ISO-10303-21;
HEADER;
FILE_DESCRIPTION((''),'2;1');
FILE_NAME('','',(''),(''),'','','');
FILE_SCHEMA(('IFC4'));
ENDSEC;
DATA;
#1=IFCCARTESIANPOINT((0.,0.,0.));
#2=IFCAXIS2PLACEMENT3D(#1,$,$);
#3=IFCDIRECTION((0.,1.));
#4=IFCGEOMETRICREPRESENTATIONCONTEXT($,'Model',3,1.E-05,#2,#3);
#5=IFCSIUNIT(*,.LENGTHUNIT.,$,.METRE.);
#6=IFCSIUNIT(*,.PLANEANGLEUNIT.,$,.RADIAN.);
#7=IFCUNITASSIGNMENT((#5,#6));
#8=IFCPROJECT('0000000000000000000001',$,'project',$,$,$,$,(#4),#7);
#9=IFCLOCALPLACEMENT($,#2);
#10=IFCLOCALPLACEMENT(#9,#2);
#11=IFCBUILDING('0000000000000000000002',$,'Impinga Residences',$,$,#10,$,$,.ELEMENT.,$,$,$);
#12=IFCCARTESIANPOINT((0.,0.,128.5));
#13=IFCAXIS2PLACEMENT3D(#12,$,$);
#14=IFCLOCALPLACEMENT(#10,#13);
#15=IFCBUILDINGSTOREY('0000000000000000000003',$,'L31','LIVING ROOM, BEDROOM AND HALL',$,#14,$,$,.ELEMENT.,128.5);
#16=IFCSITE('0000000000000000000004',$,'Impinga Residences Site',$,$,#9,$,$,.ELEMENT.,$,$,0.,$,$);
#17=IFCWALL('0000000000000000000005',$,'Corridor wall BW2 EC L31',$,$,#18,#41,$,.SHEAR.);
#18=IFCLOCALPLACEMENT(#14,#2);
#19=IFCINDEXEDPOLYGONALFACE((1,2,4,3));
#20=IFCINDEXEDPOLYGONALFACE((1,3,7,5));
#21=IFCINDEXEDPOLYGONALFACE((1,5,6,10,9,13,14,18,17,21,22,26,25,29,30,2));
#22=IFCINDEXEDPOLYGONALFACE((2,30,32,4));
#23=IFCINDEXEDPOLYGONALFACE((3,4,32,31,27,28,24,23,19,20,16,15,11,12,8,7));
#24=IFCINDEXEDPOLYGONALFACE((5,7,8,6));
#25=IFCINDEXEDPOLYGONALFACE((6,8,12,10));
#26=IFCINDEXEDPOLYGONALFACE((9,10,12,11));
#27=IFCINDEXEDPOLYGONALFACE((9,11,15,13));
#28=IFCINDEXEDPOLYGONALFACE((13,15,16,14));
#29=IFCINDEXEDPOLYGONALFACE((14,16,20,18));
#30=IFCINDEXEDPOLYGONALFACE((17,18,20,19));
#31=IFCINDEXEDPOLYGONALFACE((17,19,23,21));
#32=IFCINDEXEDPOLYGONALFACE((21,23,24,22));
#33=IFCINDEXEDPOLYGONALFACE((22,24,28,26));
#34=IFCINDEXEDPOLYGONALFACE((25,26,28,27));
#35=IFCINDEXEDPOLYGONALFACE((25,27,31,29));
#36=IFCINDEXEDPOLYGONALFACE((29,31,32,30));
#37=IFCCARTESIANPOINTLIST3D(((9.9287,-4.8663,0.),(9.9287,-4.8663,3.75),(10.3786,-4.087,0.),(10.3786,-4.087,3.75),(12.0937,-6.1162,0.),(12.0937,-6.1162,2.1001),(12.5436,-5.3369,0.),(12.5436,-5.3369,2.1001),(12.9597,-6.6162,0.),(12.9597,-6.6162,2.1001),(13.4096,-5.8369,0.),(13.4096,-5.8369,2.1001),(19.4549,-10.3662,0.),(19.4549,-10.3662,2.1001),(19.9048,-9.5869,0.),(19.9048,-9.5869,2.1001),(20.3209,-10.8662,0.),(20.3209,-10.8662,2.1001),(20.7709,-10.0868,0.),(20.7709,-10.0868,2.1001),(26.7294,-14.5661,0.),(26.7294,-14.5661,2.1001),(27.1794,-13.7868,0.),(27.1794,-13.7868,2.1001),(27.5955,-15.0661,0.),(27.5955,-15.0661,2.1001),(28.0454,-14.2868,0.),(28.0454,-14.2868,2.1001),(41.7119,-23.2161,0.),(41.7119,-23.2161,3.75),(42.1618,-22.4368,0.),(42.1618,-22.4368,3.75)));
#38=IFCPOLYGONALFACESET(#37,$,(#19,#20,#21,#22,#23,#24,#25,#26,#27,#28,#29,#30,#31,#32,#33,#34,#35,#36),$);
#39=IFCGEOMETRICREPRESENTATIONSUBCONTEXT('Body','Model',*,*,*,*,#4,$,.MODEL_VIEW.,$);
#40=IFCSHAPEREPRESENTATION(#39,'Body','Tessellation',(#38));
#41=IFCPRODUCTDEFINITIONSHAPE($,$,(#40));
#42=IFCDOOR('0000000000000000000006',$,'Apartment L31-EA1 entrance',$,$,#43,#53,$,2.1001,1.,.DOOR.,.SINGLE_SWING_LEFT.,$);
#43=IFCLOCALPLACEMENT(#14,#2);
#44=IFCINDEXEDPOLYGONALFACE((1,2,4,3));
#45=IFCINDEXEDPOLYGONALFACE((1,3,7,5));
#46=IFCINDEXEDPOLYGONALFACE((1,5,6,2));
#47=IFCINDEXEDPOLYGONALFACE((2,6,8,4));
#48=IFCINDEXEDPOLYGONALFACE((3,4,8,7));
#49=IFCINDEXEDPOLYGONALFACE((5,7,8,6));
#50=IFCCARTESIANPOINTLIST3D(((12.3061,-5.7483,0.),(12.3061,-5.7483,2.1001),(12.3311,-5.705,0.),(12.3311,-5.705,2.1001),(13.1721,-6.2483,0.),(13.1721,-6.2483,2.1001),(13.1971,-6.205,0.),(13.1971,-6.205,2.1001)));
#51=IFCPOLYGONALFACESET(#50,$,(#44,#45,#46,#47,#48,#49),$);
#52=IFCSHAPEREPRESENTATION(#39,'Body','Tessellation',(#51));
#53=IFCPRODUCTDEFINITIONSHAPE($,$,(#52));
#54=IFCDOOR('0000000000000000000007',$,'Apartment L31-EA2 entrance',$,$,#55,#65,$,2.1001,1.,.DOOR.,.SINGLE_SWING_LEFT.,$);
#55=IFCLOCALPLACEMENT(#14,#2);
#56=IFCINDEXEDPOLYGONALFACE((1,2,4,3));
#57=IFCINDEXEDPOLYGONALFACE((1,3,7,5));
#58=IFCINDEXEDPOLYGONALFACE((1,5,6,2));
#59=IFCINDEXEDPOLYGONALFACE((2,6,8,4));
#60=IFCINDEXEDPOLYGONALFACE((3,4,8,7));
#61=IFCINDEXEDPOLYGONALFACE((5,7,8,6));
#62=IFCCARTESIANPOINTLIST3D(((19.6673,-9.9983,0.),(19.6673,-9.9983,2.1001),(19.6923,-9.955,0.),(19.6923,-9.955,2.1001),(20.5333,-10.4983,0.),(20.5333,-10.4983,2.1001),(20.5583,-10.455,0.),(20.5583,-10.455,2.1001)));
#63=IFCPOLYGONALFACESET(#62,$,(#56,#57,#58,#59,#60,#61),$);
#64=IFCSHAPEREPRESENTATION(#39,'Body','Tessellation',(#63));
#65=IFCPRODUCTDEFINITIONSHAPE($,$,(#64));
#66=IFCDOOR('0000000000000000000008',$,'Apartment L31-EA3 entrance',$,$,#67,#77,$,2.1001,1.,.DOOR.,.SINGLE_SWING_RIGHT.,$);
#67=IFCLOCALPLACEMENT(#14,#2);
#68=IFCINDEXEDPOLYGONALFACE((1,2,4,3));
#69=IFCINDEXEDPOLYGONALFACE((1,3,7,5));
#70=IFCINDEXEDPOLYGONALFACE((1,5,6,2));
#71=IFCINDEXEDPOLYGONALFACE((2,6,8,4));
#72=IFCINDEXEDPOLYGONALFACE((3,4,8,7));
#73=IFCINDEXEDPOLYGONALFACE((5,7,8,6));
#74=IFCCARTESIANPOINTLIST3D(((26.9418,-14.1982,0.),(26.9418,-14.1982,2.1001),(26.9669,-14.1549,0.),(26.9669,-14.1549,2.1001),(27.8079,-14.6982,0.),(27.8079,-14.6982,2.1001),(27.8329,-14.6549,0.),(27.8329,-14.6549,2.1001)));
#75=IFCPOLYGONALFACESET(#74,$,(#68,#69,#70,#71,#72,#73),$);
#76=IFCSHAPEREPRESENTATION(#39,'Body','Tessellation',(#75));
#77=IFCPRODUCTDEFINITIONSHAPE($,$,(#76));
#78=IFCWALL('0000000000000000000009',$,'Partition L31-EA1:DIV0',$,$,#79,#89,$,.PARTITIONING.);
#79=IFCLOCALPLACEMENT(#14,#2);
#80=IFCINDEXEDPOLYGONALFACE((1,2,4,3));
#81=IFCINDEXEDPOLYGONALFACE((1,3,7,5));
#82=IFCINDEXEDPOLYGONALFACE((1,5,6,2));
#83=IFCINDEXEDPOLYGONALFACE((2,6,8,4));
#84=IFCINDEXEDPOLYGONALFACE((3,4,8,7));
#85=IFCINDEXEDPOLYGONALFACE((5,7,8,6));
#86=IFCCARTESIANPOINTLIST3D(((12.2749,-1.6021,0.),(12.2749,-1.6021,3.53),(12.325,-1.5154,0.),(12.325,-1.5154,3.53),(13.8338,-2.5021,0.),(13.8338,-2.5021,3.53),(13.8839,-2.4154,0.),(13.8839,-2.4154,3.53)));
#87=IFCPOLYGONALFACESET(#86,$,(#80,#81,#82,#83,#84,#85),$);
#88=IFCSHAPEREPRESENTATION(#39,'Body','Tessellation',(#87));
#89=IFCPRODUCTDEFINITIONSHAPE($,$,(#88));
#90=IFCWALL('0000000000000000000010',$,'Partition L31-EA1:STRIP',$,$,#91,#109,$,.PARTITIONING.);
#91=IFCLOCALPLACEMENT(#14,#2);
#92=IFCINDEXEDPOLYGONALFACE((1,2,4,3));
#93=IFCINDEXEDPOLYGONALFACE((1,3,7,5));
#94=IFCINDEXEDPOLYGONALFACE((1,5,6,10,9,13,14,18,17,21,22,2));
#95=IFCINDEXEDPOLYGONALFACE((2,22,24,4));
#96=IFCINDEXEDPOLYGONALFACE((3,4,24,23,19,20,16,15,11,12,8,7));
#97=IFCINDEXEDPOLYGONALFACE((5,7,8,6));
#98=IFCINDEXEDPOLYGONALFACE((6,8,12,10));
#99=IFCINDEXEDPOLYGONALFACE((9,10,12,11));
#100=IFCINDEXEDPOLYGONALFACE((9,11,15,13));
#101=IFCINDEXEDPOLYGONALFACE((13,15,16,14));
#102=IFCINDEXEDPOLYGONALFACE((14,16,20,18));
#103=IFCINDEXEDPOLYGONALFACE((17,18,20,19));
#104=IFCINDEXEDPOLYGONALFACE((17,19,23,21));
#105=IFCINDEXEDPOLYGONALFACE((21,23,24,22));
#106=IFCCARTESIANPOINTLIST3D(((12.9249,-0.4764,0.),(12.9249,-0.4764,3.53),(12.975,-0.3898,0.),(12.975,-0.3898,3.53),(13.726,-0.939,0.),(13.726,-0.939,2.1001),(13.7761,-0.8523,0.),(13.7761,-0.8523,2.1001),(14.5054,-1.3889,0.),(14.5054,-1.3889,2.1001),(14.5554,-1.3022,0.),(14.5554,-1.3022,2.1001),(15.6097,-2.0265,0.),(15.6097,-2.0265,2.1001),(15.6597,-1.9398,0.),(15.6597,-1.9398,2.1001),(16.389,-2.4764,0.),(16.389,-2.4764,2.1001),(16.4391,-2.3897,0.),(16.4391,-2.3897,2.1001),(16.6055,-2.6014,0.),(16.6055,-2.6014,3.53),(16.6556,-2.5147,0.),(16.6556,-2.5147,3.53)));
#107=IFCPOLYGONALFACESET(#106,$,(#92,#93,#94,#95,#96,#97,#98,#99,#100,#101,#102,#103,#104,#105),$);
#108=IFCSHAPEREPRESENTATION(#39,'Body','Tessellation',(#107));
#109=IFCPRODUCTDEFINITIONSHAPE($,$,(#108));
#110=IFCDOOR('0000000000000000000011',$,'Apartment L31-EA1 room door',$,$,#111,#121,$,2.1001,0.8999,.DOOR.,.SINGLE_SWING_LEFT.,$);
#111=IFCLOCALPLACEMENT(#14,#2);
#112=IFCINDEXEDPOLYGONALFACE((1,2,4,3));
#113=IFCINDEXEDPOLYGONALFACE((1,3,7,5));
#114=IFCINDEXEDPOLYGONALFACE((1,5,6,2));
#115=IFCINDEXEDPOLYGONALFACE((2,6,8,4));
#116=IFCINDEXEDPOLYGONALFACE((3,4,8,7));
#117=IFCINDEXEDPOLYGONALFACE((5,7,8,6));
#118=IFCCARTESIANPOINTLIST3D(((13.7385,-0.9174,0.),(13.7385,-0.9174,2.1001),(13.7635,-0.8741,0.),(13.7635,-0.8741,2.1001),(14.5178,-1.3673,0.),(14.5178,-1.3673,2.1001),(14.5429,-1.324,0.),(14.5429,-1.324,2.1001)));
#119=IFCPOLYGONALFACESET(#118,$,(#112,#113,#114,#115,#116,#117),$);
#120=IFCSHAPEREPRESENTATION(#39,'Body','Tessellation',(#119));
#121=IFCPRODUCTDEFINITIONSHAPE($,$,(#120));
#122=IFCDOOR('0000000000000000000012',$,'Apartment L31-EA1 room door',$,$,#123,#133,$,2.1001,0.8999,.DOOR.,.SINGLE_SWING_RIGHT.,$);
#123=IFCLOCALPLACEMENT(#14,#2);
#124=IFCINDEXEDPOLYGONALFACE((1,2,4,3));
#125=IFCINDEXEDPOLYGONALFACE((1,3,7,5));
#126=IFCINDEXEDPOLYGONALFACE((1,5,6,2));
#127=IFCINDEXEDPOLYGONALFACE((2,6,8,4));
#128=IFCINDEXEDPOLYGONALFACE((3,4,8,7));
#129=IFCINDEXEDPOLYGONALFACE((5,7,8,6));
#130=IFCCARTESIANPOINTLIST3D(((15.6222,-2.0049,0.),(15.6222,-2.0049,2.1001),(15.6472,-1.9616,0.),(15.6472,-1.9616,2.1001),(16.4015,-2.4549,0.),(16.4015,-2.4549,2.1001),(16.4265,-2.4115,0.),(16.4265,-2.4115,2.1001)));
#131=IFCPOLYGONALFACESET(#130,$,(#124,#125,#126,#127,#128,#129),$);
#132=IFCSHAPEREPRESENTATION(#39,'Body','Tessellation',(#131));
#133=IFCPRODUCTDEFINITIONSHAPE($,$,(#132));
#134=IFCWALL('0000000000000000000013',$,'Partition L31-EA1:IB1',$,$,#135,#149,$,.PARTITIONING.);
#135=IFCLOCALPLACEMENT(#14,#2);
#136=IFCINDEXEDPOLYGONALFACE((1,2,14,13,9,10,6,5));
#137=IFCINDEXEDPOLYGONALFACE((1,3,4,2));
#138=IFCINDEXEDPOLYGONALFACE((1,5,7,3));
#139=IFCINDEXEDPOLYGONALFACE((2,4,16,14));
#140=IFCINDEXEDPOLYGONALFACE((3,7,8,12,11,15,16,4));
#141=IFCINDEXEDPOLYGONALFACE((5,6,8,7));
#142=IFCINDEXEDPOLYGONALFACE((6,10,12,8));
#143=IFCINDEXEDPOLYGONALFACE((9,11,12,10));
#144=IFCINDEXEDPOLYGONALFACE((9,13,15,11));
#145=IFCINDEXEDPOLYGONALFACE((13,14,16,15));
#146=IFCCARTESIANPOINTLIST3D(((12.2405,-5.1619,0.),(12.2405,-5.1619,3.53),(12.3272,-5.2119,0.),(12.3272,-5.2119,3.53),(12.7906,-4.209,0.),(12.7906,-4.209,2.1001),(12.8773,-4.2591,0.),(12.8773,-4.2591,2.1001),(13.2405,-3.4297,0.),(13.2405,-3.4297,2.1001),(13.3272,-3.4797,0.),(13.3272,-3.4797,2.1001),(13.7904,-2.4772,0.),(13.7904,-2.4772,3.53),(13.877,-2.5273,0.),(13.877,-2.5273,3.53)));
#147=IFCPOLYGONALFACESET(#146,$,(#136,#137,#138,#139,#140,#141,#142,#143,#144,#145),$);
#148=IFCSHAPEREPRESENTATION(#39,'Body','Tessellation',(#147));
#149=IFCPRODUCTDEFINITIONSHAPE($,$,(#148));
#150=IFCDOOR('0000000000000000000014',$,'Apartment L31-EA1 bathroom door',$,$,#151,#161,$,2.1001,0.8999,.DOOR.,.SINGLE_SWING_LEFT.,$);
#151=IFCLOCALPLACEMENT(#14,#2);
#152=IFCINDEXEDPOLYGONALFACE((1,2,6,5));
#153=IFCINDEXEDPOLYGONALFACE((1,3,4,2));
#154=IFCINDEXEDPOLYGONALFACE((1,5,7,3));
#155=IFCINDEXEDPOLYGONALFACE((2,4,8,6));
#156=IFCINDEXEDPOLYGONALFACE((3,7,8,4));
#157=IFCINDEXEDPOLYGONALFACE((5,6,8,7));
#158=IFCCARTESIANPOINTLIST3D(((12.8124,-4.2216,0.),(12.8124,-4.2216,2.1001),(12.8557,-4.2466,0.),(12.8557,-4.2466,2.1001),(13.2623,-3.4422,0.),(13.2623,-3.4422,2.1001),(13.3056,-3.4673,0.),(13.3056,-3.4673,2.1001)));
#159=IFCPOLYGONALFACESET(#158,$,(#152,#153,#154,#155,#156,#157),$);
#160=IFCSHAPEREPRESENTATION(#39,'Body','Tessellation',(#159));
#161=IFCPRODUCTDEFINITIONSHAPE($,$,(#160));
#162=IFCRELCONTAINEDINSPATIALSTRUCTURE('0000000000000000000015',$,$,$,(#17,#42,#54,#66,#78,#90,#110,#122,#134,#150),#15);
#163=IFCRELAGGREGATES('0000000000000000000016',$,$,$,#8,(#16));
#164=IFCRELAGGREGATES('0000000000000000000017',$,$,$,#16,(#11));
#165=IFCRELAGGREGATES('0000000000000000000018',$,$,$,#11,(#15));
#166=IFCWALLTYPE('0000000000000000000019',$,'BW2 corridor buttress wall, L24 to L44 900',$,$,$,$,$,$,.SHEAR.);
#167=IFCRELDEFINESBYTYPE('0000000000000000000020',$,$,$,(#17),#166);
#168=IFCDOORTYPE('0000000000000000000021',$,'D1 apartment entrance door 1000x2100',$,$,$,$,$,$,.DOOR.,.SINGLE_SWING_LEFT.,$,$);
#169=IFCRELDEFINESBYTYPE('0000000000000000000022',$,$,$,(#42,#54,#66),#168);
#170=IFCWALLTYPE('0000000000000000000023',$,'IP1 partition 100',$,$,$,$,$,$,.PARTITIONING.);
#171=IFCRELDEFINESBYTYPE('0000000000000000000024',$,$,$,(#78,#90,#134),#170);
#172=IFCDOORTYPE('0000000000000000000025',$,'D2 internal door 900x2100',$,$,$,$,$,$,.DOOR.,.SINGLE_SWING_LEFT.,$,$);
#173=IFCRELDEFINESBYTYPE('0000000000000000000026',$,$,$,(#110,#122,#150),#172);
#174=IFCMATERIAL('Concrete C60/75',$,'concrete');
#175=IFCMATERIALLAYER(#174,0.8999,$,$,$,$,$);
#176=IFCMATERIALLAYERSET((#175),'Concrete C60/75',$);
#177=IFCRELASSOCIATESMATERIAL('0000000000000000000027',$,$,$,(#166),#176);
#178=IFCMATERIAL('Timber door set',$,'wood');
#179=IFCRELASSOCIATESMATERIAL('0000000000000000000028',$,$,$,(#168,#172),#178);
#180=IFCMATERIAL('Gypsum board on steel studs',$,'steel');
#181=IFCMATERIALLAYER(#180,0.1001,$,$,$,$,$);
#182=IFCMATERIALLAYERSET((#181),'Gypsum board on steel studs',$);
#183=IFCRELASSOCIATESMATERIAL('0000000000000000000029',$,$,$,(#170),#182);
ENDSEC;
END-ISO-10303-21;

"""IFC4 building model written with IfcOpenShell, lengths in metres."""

from ifc_helpers import new_model, si_unit, direction, frame, frame_2d, origin, place, context, subcontext, project, spatial, rectangle, extrude, material, layer, layer_set, type_object, element, fill, save


model = new_model("IFC4")

# Units and contexts
model_context = context("Model", 3, precision=1e-05, world=origin(), true_north=direction((0.0, 1.0)))
body_context = subcontext(model_context, "Body", "Model", "MODEL_VIEW")
ifc_project = project(units=[si_unit("LENGTHUNIT", "METRE"), si_unit("PLANEANGLEUNIT", "RADIAN")], contexts=[model_context])

# Site, building, storey
site_placement = place(None, origin())
site = spatial("IfcSite", under=ifc_project, at=site_placement, Name="Impinga Residences Site", CompositionType="ELEMENT", RefElevation=0.0)
building_placement = place(site_placement, origin())
building = spatial("IfcBuilding", under=site, at=building_placement, Name="Impinga Residences", CompositionType="ELEMENT")
storey_placement = place(building_placement, frame((0.0, 0.0, 128.5)))
storey = spatial("IfcBuildingStorey", under=building, at=storey_placement, Name="L31", Description="LIVING ROOM, BEDROOM AND HALL", CompositionType="ELEMENT", Elevation=128.5)

# Wall, openings, doors
ifc_material_1 = material(Name="Concrete C60/75", Category="concrete")
ifc_layer_1 = layer(ifc_material_1, 0.8999)
ifc_layer_set_1 = layer_set([ifc_layer_1], Name="Concrete C60/75")
wall_type_1 = type_object("IfcWallType", Name="BW2 corridor buttress wall, L24 to L44 900", PredefinedType="SHEAR", material=ifc_layer_set_1)
wall_1_placement = place(storey_placement, frame((10.1536, -4.4766, 0.0), z_axis=(0.0, 0.0, 1.0), x_axis=(0.866028, -0.499996, 0.0)))
wall_1 = element("IfcWall", 1, at=wall_1_placement, inside=storey, type_object=wall_type_1, Name="Corridor wall BW2 EC L31", PredefinedType="SHEAR", context=body_context, shape_type="SweptSolid", body=[
    extrude(rectangle(XDim=36.7, YDim=0.8999, at=frame_2d((18.3501, 0.0))), origin(), (0.0, 0.0, 1.0), 3.75),
])
opening_1_placement = place(wall_1_placement, frame((2.5, 0.0, 0.0)))
opening_1 = element("IfcOpeningElement", 2, at=opening_1_placement, cuts=wall_1, PredefinedType="OPENING", context=body_context, shape_type="SweptSolid", body=[
    extrude(rectangle(XDim=1.0, YDim=2.1001, at=frame_2d((0.5, 1.05))), frame((0.0, 0.46, 0.0), z_axis=(0.0, -1.0, 0.0), x_axis=(1.0, 0.0, 0.0)), (0.0, 0.0, 1.0), 0.9199),
])
opening_2_placement = place(wall_1_placement, frame((11.0, 0.0, 0.0)))
opening_2 = element("IfcOpeningElement", 3, at=opening_2_placement, cuts=wall_1, PredefinedType="OPENING", context=body_context, shape_type="SweptSolid", body=[
    extrude(rectangle(XDim=1.0, YDim=2.1001, at=frame_2d((0.5, 1.05))), frame((0.0, 0.46, 0.0), z_axis=(0.0, -1.0, 0.0), x_axis=(1.0, 0.0, 0.0)), (0.0, 0.0, 1.0), 0.9199),
])
opening_3_placement = place(wall_1_placement, frame((19.3999, 0.0, 0.0)))
opening_3 = element("IfcOpeningElement", 4, at=opening_3_placement, cuts=wall_1, PredefinedType="OPENING", context=body_context, shape_type="SweptSolid", body=[
    extrude(rectangle(XDim=1.0, YDim=2.1001, at=frame_2d((0.5, 1.05))), frame((0.0, 0.46, 0.0), z_axis=(0.0, -1.0, 0.0), x_axis=(1.0, 0.0, 0.0)), (0.0, 0.0, 1.0), 0.9199),
])
ifc_material_2 = material(Name="Timber door set", Category="wood")
door_type_1 = type_object("IfcDoorType", Name="D1 apartment entrance door 1000x2100", OperationType="SINGLE_SWING_LEFT", PredefinedType="DOOR", material=ifc_material_2)
door_1_placement = place(opening_1_placement, origin())
door_1 = element("IfcDoor", 5, at=door_1_placement, inside=storey, type_object=door_type_1, Name="Apartment L31-EA1 entrance", OperationType="SINGLE_SWING_LEFT", OverallHeight=2.1001, OverallWidth=1.0, PredefinedType="DOOR", context=body_context, shape_type="SweptSolid", body=[
    extrude(rectangle(XDim=1.0, YDim=2.1001, at=frame_2d((0.5, 1.05))), frame((0.0, 0.0249, 0.0), z_axis=(0.0, -1.0, 0.0), x_axis=(1.0, 0.0, 0.0)), (0.0, 0.0, 1.0), 0.05),
])
fill(opening_1, door_1)
door_2_placement = place(opening_2_placement, origin())
door_2 = element("IfcDoor", 6, at=door_2_placement, inside=storey, type_object=door_type_1, Name="Apartment L31-EA2 entrance", OperationType="SINGLE_SWING_LEFT", OverallHeight=2.1001, OverallWidth=1.0, PredefinedType="DOOR", context=body_context, shape_type="SweptSolid", body=[
    extrude(rectangle(XDim=1.0, YDim=2.1001, at=frame_2d((0.5, 1.05))), frame((0.0, 0.0249, 0.0), z_axis=(0.0, -1.0, 0.0), x_axis=(1.0, 0.0, 0.0)), (0.0, 0.0, 1.0), 0.05),
])
fill(opening_2, door_2)
door_3_placement = place(opening_3_placement, origin())
door_3 = element("IfcDoor", 7, at=door_3_placement, inside=storey, type_object=door_type_1, Name="Apartment L31-EA3 entrance", OperationType="SINGLE_SWING_RIGHT", OverallHeight=2.1001, OverallWidth=1.0, PredefinedType="DOOR", context=body_context, shape_type="SweptSolid", body=[
    extrude(rectangle(XDim=1.0, YDim=2.1001, at=frame_2d((0.5, 1.05))), frame((0.0, 0.0249, 0.0), z_axis=(0.0, -1.0, 0.0), x_axis=(1.0, 0.0, 0.0)), (0.0, 0.0, 1.0), 0.05),
])
fill(opening_3, door_3)

# Wall
ifc_material_3 = material(Name="Gypsum board on steel studs", Category="steel")
ifc_layer_2 = layer(ifc_material_3, 0.1001)
ifc_layer_set_2 = layer_set([ifc_layer_2], Name="Gypsum board on steel studs")
wall_type_2 = type_object("IfcWallType", Name="IP1 partition 100", PredefinedType="PARTITIONING", material=ifc_layer_set_2)
wall_2_placement = place(storey_placement, frame((12.3, -1.5588, 0.0), z_axis=(0.0, 0.0, 1.0), x_axis=(0.866048, -0.499961, 0.0)))
element("IfcWall", 8, at=wall_2_placement, inside=storey, type_object=wall_type_2, Name="Partition L31-EA1:DIV0", PredefinedType="PARTITIONING", context=body_context, shape_type="SweptSolid", body=[
    extrude(rectangle(XDim=1.8, YDim=0.1001, at=frame_2d((0.8999, 0.0))), origin(), (0.0, 0.0, 1.0), 3.53),
])

# Wall, openings, doors
wall_3_placement = place(storey_placement, frame((12.95, -0.4331, 0.0), z_axis=(0.0, 0.0, 1.0), x_axis=(0.866029, -0.499994, 0.0)))
wall_3 = element("IfcWall", 9, at=wall_3_placement, inside=storey, type_object=wall_type_2, Name="Partition L31-EA1:STRIP", PredefinedType="PARTITIONING", context=body_context, shape_type="SweptSolid", body=[
    extrude(rectangle(XDim=4.25, YDim=0.1001, at=frame_2d((2.125, 0.0))), origin(), (0.0, 0.0, 1.0), 3.53),
])
opening_4_placement = place(wall_3_placement, frame((0.925, 0.0, 0.0)))
opening_4 = element("IfcOpeningElement", 10, at=opening_4_placement, cuts=wall_3, PredefinedType="OPENING", context=body_context, shape_type="SweptSolid", body=[
    extrude(rectangle(XDim=0.8999, YDim=2.1001, at=frame_2d((0.45, 1.05))), frame((0.0, 0.0601, 0.0), z_axis=(0.0, -1.0, 0.0), x_axis=(1.0, 0.0, 0.0)), (0.0, 0.0, 1.0), 0.1201),
])
opening_5_placement = place(wall_3_placement, frame((3.1001, 0.0, 0.0)))
opening_5 = element("IfcOpeningElement", 11, at=opening_5_placement, cuts=wall_3, PredefinedType="OPENING", context=body_context, shape_type="SweptSolid", body=[
    extrude(rectangle(XDim=0.8999, YDim=2.1001, at=frame_2d((0.45, 1.05))), frame((0.0, 0.0601, 0.0), z_axis=(0.0, -1.0, 0.0), x_axis=(1.0, 0.0, 0.0)), (0.0, 0.0, 1.0), 0.1201),
])
door_type_2 = type_object("IfcDoorType", Name="D2 internal door 900x2100", OperationType="SINGLE_SWING_LEFT", PredefinedType="DOOR", material=ifc_material_2)
door_4_placement = place(opening_4_placement, origin())
door_4 = element("IfcDoor", 12, at=door_4_placement, inside=storey, type_object=door_type_2, Name="Apartment L31-EA1 room door", OperationType="SINGLE_SWING_LEFT", OverallHeight=2.1001, OverallWidth=0.8999, PredefinedType="DOOR", context=body_context, shape_type="SweptSolid", body=[
    extrude(rectangle(XDim=0.8999, YDim=2.1001, at=frame_2d((0.45, 1.05))), frame((0.0, 0.0249, 0.0), z_axis=(0.0, -1.0, 0.0), x_axis=(1.0, 0.0, 0.0)), (0.0, 0.0, 1.0), 0.05),
])
fill(opening_4, door_4)
door_5_placement = place(opening_5_placement, origin())
door_5 = element("IfcDoor", 13, at=door_5_placement, inside=storey, type_object=door_type_2, Name="Apartment L31-EA1 room door", OperationType="SINGLE_SWING_RIGHT", OverallHeight=2.1001, OverallWidth=0.8999, PredefinedType="DOOR", context=body_context, shape_type="SweptSolid", body=[
    extrude(rectangle(XDim=0.8999, YDim=2.1001, at=frame_2d((0.45, 1.05))), frame((0.0, 0.0249, 0.0), z_axis=(0.0, -1.0, 0.0), x_axis=(1.0, 0.0, 0.0)), (0.0, 0.0, 1.0), 0.05),
])
fill(opening_5, door_5)

# Wall, opening, door
wall_4_placement = place(storey_placement, frame((12.2839, -5.1868, 0.0), z_axis=(0.0, 0.0, 1.0), x_axis=(0.499968, 0.866044, 0.0)))
wall_4 = element("IfcWall", 14, at=wall_4_placement, inside=storey, type_object=wall_type_2, Name="Partition L31-EA1:IB1", PredefinedType="PARTITIONING", context=body_context, shape_type="SweptSolid", body=[
    extrude(rectangle(XDim=3.0999, YDim=0.1001, at=frame_2d((1.5498, 0.0))), origin(), (0.0, 0.0, 1.0), 3.53),
])
opening_6_placement = place(wall_4_placement, frame((1.1001, 0.0, 0.0)))
opening_6 = element("IfcOpeningElement", 15, at=opening_6_placement, cuts=wall_4, PredefinedType="OPENING", context=body_context, shape_type="SweptSolid", body=[
    extrude(rectangle(XDim=0.8999, YDim=2.1001, at=frame_2d((0.45, 1.05))), frame((0.0, 0.0601, 0.0), z_axis=(0.0, -1.0, 0.0), x_axis=(1.0, 0.0, 0.0)), (0.0, 0.0, 1.0), 0.1201),
])
door_6_placement = place(opening_6_placement, origin())
door_6 = element("IfcDoor", 16, at=door_6_placement, inside=storey, type_object=door_type_2, Name="Apartment L31-EA1 bathroom door", OperationType="SINGLE_SWING_LEFT", OverallHeight=2.1001, OverallWidth=0.8999, PredefinedType="DOOR", context=body_context, shape_type="SweptSolid", body=[
    extrude(rectangle(XDim=0.8999, YDim=2.1001, at=frame_2d((0.45, 1.05))), frame((0.0, 0.0249, 0.0), z_axis=(0.0, -1.0, 0.0), x_axis=(1.0, 0.0, 0.0)), (0.0, 0.0, 1.0), 0.05),
])
fill(opening_6, door_6)

save(model, "model.ifc")
